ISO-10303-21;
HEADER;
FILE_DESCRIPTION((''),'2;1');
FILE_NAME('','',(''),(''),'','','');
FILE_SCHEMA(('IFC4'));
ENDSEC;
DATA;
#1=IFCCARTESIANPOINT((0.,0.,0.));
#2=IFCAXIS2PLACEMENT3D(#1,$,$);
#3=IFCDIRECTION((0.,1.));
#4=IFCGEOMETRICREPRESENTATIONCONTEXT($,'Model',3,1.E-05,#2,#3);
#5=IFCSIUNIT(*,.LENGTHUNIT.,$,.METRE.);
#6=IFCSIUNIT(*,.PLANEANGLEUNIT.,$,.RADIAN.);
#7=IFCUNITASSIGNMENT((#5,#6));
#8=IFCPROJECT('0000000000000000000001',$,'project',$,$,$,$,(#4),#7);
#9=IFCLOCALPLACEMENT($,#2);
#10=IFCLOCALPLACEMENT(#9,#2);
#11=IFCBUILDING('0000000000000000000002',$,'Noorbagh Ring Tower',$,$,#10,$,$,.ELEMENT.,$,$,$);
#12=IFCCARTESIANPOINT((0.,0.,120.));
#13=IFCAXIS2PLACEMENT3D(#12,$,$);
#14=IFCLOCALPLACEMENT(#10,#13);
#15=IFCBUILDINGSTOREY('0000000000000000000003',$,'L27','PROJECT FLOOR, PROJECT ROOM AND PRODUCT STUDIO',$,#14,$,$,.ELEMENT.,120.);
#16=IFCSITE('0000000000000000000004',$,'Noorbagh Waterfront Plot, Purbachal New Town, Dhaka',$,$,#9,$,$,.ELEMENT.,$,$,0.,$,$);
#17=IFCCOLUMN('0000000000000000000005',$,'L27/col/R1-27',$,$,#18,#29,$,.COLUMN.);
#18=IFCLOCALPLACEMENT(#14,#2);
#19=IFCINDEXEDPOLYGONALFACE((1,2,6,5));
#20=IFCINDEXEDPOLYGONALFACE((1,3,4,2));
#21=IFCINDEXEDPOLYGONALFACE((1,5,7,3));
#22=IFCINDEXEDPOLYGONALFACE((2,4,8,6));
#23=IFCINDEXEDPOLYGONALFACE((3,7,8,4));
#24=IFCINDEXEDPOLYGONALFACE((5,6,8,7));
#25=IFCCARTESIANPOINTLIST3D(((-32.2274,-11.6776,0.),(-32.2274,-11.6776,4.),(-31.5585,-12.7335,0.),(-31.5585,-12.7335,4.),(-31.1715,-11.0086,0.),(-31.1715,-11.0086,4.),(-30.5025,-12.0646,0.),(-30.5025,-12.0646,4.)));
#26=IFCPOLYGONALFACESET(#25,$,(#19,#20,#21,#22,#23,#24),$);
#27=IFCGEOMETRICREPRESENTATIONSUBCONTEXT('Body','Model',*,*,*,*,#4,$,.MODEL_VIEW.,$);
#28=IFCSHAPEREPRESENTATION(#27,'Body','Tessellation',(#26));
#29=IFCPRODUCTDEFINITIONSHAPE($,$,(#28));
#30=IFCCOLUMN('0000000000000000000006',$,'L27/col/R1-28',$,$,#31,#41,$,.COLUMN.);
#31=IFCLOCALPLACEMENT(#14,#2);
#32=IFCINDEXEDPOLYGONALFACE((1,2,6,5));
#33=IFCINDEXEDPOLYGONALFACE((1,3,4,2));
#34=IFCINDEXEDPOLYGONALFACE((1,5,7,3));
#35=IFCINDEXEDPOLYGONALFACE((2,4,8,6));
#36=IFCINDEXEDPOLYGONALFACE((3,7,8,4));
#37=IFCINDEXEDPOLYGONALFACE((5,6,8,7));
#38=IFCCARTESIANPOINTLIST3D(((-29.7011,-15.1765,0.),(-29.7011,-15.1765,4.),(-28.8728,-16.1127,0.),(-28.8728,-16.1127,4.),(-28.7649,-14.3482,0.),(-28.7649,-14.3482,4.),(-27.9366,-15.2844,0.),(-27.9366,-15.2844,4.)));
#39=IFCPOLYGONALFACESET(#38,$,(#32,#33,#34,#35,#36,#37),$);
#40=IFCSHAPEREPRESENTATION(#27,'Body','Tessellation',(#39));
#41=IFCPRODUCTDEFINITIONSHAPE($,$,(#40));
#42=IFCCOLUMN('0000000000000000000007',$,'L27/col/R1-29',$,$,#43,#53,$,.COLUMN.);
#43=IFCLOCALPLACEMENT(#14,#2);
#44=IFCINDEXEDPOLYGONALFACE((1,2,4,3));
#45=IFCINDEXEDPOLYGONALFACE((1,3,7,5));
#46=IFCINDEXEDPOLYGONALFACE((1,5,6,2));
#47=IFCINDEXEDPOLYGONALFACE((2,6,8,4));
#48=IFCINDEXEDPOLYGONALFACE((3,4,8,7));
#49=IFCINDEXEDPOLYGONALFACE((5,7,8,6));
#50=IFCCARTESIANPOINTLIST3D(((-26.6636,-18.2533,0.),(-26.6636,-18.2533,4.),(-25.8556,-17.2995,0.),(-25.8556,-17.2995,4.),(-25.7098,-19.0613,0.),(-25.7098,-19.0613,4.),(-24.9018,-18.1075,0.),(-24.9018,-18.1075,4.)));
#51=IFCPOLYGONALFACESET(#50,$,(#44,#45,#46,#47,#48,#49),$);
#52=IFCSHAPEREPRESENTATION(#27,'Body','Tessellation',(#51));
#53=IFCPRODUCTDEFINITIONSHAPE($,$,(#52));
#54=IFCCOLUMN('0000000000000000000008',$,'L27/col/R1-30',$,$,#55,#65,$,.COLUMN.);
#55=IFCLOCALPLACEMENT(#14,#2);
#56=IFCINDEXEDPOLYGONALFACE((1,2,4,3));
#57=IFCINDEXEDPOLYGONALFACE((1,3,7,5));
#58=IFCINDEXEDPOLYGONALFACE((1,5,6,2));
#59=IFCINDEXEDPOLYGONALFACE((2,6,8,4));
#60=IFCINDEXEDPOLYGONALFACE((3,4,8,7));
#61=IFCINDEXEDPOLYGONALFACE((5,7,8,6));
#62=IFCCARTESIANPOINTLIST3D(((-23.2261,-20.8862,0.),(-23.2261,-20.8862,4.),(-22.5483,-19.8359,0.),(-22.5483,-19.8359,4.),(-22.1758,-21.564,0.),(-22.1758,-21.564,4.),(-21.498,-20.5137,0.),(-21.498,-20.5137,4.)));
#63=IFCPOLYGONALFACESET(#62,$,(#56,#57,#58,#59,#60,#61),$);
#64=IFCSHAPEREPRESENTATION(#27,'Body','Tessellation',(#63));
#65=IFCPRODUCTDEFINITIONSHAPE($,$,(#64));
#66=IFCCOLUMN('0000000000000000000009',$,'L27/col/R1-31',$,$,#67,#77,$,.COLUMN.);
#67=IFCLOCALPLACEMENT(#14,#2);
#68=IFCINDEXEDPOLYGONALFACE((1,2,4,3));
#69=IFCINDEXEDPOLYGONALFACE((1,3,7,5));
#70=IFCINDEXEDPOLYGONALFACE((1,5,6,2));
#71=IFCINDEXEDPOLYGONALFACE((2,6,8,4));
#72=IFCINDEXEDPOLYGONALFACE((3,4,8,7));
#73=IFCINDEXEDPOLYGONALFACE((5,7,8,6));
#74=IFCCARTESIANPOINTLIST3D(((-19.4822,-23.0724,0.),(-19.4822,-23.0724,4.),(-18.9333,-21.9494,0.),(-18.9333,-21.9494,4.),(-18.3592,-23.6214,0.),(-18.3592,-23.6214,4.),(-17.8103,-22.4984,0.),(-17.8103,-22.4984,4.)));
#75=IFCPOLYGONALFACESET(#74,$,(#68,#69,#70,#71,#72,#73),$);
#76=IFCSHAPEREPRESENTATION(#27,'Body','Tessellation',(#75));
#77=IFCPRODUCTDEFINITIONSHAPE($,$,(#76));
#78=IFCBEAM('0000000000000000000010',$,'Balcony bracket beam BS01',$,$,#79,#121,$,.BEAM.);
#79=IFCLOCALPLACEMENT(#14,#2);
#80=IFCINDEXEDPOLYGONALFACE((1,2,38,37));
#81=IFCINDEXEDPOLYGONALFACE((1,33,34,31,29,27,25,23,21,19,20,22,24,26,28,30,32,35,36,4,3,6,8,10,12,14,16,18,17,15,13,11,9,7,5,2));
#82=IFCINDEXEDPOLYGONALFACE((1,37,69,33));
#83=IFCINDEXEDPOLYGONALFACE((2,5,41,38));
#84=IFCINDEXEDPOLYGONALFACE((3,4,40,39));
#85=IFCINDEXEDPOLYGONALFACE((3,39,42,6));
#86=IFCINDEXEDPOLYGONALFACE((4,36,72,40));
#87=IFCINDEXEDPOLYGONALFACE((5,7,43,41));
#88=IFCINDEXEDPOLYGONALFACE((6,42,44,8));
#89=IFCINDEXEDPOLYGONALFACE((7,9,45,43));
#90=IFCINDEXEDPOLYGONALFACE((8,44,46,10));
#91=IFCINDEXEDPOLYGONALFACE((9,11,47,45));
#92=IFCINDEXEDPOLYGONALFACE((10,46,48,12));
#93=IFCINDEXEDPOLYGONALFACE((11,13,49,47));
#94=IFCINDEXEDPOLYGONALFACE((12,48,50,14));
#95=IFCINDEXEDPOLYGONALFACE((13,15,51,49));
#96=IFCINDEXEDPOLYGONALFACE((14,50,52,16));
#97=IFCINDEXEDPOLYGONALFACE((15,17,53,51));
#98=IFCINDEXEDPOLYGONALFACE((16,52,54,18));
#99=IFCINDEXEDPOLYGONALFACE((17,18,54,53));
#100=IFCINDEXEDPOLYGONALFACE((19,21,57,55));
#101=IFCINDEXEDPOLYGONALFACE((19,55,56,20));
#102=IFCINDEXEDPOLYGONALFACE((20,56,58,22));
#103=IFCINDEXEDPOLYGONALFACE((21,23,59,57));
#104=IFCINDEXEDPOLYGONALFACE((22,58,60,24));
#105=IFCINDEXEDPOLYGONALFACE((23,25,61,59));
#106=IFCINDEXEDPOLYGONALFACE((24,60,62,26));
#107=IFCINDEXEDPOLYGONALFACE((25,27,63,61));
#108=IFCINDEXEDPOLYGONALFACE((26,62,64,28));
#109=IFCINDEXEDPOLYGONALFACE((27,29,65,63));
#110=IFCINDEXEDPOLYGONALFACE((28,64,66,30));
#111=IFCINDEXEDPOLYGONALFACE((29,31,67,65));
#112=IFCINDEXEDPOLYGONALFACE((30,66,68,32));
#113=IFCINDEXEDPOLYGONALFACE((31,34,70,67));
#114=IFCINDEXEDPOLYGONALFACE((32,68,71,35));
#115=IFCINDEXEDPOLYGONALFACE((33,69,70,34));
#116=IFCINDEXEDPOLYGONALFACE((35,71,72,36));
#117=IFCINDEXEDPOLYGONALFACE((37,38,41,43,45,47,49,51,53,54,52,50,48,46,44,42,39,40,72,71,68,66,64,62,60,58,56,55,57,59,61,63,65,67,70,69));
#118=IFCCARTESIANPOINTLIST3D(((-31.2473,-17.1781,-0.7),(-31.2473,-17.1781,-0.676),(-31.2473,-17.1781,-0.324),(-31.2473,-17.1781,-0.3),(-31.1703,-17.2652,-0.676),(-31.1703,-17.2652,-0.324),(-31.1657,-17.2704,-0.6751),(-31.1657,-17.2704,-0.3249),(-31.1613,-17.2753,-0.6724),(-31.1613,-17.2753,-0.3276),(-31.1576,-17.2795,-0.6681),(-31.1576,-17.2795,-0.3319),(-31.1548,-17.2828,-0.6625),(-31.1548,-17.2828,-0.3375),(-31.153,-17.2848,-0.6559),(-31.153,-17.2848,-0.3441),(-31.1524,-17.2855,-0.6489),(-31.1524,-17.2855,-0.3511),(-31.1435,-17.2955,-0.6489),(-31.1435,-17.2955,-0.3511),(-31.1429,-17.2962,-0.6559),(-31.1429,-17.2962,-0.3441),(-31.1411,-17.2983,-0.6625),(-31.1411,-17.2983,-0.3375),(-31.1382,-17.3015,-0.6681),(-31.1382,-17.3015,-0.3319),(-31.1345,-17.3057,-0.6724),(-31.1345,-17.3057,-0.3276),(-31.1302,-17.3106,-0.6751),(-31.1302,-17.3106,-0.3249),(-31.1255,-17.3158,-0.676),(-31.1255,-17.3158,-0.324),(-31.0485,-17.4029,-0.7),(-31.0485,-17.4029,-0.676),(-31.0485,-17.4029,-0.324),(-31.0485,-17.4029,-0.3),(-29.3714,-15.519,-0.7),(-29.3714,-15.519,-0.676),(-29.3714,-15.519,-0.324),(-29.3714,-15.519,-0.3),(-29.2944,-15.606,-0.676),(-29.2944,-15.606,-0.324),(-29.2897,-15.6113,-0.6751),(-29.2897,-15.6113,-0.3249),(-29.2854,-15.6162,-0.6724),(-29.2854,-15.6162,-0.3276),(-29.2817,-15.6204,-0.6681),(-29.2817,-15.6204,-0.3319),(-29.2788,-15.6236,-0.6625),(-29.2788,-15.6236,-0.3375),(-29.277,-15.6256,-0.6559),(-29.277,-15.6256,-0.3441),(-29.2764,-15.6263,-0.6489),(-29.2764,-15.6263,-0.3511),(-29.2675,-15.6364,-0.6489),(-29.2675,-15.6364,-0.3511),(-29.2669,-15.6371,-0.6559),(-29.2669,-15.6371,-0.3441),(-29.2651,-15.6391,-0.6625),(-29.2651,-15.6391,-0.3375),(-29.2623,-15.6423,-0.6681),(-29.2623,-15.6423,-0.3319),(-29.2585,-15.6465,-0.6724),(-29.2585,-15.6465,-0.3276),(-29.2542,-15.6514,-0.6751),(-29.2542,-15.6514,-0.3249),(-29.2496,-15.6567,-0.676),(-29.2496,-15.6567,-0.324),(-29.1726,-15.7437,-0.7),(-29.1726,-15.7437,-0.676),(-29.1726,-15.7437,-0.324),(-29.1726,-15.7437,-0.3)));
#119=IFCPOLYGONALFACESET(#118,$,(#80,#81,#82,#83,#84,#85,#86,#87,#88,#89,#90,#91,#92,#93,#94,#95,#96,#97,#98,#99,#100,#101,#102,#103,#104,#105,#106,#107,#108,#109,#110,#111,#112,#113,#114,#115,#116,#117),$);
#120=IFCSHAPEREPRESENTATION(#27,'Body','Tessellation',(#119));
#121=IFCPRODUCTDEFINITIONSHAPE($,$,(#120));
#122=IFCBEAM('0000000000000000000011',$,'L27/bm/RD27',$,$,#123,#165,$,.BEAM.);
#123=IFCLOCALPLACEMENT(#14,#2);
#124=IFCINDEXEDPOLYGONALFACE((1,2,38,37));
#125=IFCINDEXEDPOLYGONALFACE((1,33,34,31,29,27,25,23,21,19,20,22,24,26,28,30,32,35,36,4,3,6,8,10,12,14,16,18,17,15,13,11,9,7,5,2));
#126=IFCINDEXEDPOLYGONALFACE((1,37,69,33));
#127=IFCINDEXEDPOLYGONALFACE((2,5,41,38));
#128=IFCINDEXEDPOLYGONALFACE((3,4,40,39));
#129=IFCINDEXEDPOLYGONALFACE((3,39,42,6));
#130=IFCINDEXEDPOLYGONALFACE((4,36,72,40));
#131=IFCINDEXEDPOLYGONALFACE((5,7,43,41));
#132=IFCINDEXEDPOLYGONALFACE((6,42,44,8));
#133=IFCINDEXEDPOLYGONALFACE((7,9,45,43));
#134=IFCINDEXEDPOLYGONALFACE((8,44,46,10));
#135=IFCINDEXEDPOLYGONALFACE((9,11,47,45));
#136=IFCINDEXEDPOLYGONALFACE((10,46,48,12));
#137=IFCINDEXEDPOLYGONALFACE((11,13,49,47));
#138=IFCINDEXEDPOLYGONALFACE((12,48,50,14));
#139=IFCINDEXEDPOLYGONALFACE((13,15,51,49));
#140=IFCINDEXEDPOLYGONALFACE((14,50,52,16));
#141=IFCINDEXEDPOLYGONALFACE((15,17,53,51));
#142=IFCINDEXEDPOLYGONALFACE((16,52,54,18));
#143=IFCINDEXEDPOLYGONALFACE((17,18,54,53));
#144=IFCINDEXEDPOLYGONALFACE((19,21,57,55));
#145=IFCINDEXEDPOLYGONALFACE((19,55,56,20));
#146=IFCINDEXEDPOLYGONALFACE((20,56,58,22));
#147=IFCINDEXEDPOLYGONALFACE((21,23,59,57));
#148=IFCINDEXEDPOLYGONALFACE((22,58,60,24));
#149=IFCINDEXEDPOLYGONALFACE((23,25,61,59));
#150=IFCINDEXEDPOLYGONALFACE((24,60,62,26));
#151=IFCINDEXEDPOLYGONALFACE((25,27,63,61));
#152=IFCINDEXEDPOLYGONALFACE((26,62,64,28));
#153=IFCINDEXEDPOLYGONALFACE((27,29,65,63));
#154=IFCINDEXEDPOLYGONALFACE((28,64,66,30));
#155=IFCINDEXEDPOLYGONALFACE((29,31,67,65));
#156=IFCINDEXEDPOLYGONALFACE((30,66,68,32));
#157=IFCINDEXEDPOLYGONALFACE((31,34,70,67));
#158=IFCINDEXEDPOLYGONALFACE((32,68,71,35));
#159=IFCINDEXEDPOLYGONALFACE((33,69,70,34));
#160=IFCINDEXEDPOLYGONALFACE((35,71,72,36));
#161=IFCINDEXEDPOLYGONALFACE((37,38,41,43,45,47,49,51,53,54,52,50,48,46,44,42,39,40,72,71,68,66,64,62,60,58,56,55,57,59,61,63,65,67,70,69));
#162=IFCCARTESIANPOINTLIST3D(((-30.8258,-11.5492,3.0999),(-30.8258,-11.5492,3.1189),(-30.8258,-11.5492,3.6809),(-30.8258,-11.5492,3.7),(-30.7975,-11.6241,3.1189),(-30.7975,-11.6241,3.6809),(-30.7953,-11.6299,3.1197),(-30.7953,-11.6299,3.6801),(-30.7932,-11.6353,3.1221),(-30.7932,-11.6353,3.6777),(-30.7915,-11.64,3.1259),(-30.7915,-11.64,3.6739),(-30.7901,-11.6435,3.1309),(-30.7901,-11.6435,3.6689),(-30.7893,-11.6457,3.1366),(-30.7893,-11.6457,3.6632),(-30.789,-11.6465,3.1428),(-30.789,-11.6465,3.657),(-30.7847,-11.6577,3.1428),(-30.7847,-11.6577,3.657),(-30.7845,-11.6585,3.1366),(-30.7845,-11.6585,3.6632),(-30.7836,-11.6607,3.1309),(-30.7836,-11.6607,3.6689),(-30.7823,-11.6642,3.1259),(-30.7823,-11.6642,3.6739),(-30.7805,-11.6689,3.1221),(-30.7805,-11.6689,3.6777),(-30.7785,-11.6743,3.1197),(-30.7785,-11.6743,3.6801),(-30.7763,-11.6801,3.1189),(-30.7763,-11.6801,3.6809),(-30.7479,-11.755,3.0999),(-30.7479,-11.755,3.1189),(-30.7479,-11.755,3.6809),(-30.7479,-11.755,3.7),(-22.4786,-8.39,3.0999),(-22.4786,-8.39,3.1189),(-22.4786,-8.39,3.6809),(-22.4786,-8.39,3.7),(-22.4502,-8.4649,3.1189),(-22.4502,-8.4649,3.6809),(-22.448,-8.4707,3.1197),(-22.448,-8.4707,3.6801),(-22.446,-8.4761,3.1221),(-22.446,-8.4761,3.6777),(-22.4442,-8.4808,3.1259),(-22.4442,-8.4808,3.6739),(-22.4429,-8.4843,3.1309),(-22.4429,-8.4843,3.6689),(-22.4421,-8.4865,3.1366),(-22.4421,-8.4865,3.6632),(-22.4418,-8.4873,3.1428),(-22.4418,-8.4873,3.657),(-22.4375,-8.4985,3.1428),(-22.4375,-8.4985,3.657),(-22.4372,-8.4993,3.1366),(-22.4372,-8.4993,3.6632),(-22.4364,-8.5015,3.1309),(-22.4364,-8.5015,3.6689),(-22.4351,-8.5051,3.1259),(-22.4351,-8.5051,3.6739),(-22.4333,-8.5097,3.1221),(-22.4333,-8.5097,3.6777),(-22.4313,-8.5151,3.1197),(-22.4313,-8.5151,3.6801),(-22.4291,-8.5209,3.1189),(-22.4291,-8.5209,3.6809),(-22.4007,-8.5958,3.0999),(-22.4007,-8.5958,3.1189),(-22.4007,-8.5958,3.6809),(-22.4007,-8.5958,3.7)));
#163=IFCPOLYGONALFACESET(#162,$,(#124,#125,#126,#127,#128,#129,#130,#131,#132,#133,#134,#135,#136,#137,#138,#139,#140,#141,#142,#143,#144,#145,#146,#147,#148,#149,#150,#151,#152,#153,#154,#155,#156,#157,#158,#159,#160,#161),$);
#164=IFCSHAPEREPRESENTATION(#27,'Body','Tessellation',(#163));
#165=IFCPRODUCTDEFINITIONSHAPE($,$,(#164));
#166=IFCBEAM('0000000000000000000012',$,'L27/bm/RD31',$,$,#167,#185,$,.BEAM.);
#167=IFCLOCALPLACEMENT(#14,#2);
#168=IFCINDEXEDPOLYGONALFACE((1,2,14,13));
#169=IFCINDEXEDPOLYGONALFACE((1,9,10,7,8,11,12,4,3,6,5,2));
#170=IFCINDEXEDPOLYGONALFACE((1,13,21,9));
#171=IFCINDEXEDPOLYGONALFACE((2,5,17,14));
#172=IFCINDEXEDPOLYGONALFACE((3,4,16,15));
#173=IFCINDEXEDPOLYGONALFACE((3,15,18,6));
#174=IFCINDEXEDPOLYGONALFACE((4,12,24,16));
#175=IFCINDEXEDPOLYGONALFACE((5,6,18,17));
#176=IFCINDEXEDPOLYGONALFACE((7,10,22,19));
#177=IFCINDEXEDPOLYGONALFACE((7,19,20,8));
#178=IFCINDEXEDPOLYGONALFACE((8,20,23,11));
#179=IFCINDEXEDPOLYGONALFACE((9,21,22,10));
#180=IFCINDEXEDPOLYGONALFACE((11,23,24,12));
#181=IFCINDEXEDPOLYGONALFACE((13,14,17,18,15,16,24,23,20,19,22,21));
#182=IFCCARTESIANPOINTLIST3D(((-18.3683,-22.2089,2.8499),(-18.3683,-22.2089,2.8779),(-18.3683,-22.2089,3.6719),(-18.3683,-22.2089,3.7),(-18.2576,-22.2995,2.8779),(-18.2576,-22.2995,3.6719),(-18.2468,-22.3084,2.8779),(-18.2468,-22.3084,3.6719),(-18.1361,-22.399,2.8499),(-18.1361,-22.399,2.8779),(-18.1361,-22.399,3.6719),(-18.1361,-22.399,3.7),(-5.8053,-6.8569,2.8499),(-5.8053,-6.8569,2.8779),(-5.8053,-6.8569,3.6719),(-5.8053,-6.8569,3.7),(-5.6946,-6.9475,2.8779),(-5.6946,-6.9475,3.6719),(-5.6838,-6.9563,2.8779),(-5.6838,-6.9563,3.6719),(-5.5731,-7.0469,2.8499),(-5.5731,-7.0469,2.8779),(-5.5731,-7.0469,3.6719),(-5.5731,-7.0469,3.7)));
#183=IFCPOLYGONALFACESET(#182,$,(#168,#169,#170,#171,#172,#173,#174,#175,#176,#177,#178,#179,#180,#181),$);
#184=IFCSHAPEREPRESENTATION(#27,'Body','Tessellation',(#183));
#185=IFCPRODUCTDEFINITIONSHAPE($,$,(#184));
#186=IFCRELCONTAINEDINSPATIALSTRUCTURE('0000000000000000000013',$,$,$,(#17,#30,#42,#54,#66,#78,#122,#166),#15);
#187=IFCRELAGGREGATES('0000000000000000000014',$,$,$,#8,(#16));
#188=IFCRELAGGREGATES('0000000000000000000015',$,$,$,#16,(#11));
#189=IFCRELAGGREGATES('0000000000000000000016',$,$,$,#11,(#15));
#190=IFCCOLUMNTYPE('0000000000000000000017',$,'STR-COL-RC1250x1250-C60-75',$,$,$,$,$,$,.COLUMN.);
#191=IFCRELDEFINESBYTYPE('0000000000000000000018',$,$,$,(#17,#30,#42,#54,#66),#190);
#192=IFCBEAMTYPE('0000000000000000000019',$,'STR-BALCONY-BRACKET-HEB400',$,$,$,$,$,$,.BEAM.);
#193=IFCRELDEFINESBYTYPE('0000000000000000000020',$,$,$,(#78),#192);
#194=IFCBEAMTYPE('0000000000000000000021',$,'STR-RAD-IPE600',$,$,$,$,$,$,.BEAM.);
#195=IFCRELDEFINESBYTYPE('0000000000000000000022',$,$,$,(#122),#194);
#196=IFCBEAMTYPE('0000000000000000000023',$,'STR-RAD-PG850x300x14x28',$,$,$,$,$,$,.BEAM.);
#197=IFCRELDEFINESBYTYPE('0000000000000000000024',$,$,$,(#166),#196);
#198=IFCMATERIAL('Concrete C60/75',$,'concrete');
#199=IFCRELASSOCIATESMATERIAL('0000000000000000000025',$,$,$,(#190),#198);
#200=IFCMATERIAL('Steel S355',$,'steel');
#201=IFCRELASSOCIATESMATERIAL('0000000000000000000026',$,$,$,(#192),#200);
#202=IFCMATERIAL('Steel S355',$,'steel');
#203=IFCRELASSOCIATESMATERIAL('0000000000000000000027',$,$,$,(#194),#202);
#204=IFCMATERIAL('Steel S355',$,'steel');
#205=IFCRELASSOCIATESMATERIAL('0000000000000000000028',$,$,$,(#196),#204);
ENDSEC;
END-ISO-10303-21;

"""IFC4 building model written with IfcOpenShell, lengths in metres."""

from ifc_helpers import new_model, si_unit, direction, frame, origin, origin_2d, place, context, subcontext, project, spatial, rectangle, i_section, extrude, material, material_profile, profile_set, type_object, element, save


model = new_model("IFC4")

# Units and contexts
model_context = context("Model", 3, precision=1e-05, world=origin(), true_north=direction((0.0, 1.0)))
body_context = subcontext(model_context, "Body", "Model", "MODEL_VIEW")
ifc_project = project(units=[si_unit("LENGTHUNIT", "METRE"), si_unit("PLANEANGLEUNIT", "RADIAN")], contexts=[model_context])

# Site, building, storey
site_placement = place(None, origin())
site = spatial("IfcSite", under=ifc_project, at=site_placement, Name="Noorbagh Waterfront Plot, Purbachal New Town, Dhaka", CompositionType="ELEMENT", RefElevation=0.0)
building_placement = place(site_placement, origin())
building = spatial("IfcBuilding", under=site, at=building_placement, Name="Noorbagh Ring Tower", CompositionType="ELEMENT")
storey_placement = place(building_placement, frame((0.0, 0.0, 120.0)))
storey = spatial("IfcBuildingStorey", under=building, at=storey_placement, Name="L27", Description="PROJECT FLOOR, PROJECT ROOM AND PRODUCT STUDIO", CompositionType="ELEMENT", Elevation=120.0)

# Columns
ifc_material_1 = material(Name="Concrete C60/75", Category="concrete")
ifc_material_profile_1 = material_profile(ifc_material_1, rectangle(XDim=1.25, YDim=1.25, at=origin_2d()), Name="RC1250x1250")
ifc_profile_set_1 = profile_set([ifc_material_profile_1], Name="Concrete C60/75")
column_type = type_object("IfcColumnType", Name="STR-COL-RC1250x1250-C60-75", PredefinedType="COLUMN", material=ifc_profile_set_1)
for number, where, z_axis, x_axis, name in (
    (1, (-31.365, -11.8711, 0.0), (0.0, 0.0, 1.0), (0.53519, -0.844731, 0.0), "L27/col/R1-27"),
    (2, (-28.8188, -15.2305, 0.0), (0.0, 0.0, 1.0), (0.662636, -0.748942, 0.0), "L27/col/R1-28"),
    (3, (-25.7827, -18.1804, 0.0), (0.0, 0.0, 1.0), (0.763035, -0.646357, 0.0), "L27/col/R1-29"),
    (4, (-22.3621, -20.7, 0.0), (0.0, 0.0, 1.0), (0.840248, -0.542203, 0.0), "L27/col/R1-30"),
    (5, (-18.6462, -22.7854, 0.0), (0.0, 0.0, 1.0), (0.898399, -0.43918, 0.0), "L27/col/R1-31"),
):
    element("IfcColumn", number, at=place(storey_placement, frame(where, z_axis=z_axis, x_axis=x_axis)), inside=storey, type_object=column_type, Name=name, PredefinedType="COLUMN", context=body_context, shape_type="SweptSolid", body=[
        extrude(rectangle(XDim=1.25, YDim=1.25, at=origin_2d()), origin(), (0.0, 0.0, 1.0), 4.0),
    ])

# Beams
ifc_material_2 = material(Name="Steel S355", Category="steel")
ifc_material_profile_2 = material_profile(ifc_material_2, i_section(OverallWidth=0.3, OverallDepth=0.3999, WebThickness=0.0134, FlangeThickness=0.0239, FilletRadius=0.0271, at=origin_2d()), Name="HEB400")
ifc_profile_set_2 = profile_set([ifc_material_profile_2], Name="Steel S355")
beam_type_1 = type_object("IfcBeamType", Name="STR-BALCONY-BRACKET-HEB400", PredefinedType="BEAM", material=ifc_profile_set_2)
beam_1_placement = place(storey_placement, frame((-29.272, -15.6313, -0.5), z_axis=(-0.749064, -0.662498, 0.0), x_axis=(0.662498, -0.749064, 0.0)))
element("IfcBeam", 6, at=beam_1_placement, inside=storey, type_object=beam_type_1, Name="Balcony bracket beam BS01", PredefinedType="BEAM", context=body_context, shape_type="SweptSolid", body=[
    extrude(i_section(OverallWidth=0.3, OverallDepth=0.3999, WebThickness=0.0134, FlangeThickness=0.0239, FilletRadius=0.0271, at=origin_2d()), origin(), (0.0, 0.0, 1.0), 2.5044),
])
ifc_material_3 = material(Name="Steel S355", Category="steel")
ifc_material_profile_3 = material_profile(ifc_material_3, i_section(OverallWidth=0.22, OverallDepth=0.6001, WebThickness=0.012, FlangeThickness=0.019, FilletRadius=0.0239, at=origin_2d()), Name="IPE600")
ifc_profile_set_3 = profile_set([ifc_material_profile_3], Name="Steel S355")
beam_type_2 = type_object("IfcBeamType", Name="STR-RAD-IPE600", PredefinedType="BEAM", material=ifc_profile_set_3)
beam_2_placement = place(storey_placement, frame((-30.7869, -11.6521, 3.3999), z_axis=(0.935257, 0.35397, 0.0), x_axis=(-0.35397, 0.935257, 0.0)))
element("IfcBeam", 7, at=beam_2_placement, inside=storey, type_object=beam_type_2, Name="L27/bm/RD27", PredefinedType="BEAM", context=body_context, shape_type="SweptSolid", body=[
    extrude(i_section(OverallWidth=0.22, OverallDepth=0.6001, WebThickness=0.012, FlangeThickness=0.019, FilletRadius=0.0239, at=origin_2d()), origin(), (0.0, 0.0, 1.0), 8.925),
])
ifc_material_4 = material(Name="Steel S355", Category="steel")
ifc_material_profile_4 = material_profile(ifc_material_4, i_section(OverallWidth=0.3, OverallDepth=0.8501, WebThickness=0.0139, FlangeThickness=0.0281, at=origin_2d()), Name="PG850x300x14x28")
ifc_profile_set_4 = profile_set([ifc_material_profile_4], Name="Steel S355")
beam_type_3 = type_object("IfcBeamType", Name="STR-RAD-PG850x300x14x28", PredefinedType="BEAM", material=ifc_profile_set_4)
beam_3_placement = place(storey_placement, frame((-18.2522, -22.304, 3.2749), z_axis=(0.633305, 0.773902, 0.0), x_axis=(-0.773902, 0.633305, 0.0)))
element("IfcBeam", 8, at=beam_3_placement, inside=storey, type_object=beam_type_3, Name="L27/bm/RD31", PredefinedType="BEAM", context=body_context, shape_type="SweptSolid", body=[
    extrude(i_section(OverallWidth=0.3, OverallDepth=0.8501, WebThickness=0.0139, FlangeThickness=0.0281, at=origin_2d()), origin(), (0.0, 0.0, 1.0), 19.8372),
])

save(model, "model.ifc")
